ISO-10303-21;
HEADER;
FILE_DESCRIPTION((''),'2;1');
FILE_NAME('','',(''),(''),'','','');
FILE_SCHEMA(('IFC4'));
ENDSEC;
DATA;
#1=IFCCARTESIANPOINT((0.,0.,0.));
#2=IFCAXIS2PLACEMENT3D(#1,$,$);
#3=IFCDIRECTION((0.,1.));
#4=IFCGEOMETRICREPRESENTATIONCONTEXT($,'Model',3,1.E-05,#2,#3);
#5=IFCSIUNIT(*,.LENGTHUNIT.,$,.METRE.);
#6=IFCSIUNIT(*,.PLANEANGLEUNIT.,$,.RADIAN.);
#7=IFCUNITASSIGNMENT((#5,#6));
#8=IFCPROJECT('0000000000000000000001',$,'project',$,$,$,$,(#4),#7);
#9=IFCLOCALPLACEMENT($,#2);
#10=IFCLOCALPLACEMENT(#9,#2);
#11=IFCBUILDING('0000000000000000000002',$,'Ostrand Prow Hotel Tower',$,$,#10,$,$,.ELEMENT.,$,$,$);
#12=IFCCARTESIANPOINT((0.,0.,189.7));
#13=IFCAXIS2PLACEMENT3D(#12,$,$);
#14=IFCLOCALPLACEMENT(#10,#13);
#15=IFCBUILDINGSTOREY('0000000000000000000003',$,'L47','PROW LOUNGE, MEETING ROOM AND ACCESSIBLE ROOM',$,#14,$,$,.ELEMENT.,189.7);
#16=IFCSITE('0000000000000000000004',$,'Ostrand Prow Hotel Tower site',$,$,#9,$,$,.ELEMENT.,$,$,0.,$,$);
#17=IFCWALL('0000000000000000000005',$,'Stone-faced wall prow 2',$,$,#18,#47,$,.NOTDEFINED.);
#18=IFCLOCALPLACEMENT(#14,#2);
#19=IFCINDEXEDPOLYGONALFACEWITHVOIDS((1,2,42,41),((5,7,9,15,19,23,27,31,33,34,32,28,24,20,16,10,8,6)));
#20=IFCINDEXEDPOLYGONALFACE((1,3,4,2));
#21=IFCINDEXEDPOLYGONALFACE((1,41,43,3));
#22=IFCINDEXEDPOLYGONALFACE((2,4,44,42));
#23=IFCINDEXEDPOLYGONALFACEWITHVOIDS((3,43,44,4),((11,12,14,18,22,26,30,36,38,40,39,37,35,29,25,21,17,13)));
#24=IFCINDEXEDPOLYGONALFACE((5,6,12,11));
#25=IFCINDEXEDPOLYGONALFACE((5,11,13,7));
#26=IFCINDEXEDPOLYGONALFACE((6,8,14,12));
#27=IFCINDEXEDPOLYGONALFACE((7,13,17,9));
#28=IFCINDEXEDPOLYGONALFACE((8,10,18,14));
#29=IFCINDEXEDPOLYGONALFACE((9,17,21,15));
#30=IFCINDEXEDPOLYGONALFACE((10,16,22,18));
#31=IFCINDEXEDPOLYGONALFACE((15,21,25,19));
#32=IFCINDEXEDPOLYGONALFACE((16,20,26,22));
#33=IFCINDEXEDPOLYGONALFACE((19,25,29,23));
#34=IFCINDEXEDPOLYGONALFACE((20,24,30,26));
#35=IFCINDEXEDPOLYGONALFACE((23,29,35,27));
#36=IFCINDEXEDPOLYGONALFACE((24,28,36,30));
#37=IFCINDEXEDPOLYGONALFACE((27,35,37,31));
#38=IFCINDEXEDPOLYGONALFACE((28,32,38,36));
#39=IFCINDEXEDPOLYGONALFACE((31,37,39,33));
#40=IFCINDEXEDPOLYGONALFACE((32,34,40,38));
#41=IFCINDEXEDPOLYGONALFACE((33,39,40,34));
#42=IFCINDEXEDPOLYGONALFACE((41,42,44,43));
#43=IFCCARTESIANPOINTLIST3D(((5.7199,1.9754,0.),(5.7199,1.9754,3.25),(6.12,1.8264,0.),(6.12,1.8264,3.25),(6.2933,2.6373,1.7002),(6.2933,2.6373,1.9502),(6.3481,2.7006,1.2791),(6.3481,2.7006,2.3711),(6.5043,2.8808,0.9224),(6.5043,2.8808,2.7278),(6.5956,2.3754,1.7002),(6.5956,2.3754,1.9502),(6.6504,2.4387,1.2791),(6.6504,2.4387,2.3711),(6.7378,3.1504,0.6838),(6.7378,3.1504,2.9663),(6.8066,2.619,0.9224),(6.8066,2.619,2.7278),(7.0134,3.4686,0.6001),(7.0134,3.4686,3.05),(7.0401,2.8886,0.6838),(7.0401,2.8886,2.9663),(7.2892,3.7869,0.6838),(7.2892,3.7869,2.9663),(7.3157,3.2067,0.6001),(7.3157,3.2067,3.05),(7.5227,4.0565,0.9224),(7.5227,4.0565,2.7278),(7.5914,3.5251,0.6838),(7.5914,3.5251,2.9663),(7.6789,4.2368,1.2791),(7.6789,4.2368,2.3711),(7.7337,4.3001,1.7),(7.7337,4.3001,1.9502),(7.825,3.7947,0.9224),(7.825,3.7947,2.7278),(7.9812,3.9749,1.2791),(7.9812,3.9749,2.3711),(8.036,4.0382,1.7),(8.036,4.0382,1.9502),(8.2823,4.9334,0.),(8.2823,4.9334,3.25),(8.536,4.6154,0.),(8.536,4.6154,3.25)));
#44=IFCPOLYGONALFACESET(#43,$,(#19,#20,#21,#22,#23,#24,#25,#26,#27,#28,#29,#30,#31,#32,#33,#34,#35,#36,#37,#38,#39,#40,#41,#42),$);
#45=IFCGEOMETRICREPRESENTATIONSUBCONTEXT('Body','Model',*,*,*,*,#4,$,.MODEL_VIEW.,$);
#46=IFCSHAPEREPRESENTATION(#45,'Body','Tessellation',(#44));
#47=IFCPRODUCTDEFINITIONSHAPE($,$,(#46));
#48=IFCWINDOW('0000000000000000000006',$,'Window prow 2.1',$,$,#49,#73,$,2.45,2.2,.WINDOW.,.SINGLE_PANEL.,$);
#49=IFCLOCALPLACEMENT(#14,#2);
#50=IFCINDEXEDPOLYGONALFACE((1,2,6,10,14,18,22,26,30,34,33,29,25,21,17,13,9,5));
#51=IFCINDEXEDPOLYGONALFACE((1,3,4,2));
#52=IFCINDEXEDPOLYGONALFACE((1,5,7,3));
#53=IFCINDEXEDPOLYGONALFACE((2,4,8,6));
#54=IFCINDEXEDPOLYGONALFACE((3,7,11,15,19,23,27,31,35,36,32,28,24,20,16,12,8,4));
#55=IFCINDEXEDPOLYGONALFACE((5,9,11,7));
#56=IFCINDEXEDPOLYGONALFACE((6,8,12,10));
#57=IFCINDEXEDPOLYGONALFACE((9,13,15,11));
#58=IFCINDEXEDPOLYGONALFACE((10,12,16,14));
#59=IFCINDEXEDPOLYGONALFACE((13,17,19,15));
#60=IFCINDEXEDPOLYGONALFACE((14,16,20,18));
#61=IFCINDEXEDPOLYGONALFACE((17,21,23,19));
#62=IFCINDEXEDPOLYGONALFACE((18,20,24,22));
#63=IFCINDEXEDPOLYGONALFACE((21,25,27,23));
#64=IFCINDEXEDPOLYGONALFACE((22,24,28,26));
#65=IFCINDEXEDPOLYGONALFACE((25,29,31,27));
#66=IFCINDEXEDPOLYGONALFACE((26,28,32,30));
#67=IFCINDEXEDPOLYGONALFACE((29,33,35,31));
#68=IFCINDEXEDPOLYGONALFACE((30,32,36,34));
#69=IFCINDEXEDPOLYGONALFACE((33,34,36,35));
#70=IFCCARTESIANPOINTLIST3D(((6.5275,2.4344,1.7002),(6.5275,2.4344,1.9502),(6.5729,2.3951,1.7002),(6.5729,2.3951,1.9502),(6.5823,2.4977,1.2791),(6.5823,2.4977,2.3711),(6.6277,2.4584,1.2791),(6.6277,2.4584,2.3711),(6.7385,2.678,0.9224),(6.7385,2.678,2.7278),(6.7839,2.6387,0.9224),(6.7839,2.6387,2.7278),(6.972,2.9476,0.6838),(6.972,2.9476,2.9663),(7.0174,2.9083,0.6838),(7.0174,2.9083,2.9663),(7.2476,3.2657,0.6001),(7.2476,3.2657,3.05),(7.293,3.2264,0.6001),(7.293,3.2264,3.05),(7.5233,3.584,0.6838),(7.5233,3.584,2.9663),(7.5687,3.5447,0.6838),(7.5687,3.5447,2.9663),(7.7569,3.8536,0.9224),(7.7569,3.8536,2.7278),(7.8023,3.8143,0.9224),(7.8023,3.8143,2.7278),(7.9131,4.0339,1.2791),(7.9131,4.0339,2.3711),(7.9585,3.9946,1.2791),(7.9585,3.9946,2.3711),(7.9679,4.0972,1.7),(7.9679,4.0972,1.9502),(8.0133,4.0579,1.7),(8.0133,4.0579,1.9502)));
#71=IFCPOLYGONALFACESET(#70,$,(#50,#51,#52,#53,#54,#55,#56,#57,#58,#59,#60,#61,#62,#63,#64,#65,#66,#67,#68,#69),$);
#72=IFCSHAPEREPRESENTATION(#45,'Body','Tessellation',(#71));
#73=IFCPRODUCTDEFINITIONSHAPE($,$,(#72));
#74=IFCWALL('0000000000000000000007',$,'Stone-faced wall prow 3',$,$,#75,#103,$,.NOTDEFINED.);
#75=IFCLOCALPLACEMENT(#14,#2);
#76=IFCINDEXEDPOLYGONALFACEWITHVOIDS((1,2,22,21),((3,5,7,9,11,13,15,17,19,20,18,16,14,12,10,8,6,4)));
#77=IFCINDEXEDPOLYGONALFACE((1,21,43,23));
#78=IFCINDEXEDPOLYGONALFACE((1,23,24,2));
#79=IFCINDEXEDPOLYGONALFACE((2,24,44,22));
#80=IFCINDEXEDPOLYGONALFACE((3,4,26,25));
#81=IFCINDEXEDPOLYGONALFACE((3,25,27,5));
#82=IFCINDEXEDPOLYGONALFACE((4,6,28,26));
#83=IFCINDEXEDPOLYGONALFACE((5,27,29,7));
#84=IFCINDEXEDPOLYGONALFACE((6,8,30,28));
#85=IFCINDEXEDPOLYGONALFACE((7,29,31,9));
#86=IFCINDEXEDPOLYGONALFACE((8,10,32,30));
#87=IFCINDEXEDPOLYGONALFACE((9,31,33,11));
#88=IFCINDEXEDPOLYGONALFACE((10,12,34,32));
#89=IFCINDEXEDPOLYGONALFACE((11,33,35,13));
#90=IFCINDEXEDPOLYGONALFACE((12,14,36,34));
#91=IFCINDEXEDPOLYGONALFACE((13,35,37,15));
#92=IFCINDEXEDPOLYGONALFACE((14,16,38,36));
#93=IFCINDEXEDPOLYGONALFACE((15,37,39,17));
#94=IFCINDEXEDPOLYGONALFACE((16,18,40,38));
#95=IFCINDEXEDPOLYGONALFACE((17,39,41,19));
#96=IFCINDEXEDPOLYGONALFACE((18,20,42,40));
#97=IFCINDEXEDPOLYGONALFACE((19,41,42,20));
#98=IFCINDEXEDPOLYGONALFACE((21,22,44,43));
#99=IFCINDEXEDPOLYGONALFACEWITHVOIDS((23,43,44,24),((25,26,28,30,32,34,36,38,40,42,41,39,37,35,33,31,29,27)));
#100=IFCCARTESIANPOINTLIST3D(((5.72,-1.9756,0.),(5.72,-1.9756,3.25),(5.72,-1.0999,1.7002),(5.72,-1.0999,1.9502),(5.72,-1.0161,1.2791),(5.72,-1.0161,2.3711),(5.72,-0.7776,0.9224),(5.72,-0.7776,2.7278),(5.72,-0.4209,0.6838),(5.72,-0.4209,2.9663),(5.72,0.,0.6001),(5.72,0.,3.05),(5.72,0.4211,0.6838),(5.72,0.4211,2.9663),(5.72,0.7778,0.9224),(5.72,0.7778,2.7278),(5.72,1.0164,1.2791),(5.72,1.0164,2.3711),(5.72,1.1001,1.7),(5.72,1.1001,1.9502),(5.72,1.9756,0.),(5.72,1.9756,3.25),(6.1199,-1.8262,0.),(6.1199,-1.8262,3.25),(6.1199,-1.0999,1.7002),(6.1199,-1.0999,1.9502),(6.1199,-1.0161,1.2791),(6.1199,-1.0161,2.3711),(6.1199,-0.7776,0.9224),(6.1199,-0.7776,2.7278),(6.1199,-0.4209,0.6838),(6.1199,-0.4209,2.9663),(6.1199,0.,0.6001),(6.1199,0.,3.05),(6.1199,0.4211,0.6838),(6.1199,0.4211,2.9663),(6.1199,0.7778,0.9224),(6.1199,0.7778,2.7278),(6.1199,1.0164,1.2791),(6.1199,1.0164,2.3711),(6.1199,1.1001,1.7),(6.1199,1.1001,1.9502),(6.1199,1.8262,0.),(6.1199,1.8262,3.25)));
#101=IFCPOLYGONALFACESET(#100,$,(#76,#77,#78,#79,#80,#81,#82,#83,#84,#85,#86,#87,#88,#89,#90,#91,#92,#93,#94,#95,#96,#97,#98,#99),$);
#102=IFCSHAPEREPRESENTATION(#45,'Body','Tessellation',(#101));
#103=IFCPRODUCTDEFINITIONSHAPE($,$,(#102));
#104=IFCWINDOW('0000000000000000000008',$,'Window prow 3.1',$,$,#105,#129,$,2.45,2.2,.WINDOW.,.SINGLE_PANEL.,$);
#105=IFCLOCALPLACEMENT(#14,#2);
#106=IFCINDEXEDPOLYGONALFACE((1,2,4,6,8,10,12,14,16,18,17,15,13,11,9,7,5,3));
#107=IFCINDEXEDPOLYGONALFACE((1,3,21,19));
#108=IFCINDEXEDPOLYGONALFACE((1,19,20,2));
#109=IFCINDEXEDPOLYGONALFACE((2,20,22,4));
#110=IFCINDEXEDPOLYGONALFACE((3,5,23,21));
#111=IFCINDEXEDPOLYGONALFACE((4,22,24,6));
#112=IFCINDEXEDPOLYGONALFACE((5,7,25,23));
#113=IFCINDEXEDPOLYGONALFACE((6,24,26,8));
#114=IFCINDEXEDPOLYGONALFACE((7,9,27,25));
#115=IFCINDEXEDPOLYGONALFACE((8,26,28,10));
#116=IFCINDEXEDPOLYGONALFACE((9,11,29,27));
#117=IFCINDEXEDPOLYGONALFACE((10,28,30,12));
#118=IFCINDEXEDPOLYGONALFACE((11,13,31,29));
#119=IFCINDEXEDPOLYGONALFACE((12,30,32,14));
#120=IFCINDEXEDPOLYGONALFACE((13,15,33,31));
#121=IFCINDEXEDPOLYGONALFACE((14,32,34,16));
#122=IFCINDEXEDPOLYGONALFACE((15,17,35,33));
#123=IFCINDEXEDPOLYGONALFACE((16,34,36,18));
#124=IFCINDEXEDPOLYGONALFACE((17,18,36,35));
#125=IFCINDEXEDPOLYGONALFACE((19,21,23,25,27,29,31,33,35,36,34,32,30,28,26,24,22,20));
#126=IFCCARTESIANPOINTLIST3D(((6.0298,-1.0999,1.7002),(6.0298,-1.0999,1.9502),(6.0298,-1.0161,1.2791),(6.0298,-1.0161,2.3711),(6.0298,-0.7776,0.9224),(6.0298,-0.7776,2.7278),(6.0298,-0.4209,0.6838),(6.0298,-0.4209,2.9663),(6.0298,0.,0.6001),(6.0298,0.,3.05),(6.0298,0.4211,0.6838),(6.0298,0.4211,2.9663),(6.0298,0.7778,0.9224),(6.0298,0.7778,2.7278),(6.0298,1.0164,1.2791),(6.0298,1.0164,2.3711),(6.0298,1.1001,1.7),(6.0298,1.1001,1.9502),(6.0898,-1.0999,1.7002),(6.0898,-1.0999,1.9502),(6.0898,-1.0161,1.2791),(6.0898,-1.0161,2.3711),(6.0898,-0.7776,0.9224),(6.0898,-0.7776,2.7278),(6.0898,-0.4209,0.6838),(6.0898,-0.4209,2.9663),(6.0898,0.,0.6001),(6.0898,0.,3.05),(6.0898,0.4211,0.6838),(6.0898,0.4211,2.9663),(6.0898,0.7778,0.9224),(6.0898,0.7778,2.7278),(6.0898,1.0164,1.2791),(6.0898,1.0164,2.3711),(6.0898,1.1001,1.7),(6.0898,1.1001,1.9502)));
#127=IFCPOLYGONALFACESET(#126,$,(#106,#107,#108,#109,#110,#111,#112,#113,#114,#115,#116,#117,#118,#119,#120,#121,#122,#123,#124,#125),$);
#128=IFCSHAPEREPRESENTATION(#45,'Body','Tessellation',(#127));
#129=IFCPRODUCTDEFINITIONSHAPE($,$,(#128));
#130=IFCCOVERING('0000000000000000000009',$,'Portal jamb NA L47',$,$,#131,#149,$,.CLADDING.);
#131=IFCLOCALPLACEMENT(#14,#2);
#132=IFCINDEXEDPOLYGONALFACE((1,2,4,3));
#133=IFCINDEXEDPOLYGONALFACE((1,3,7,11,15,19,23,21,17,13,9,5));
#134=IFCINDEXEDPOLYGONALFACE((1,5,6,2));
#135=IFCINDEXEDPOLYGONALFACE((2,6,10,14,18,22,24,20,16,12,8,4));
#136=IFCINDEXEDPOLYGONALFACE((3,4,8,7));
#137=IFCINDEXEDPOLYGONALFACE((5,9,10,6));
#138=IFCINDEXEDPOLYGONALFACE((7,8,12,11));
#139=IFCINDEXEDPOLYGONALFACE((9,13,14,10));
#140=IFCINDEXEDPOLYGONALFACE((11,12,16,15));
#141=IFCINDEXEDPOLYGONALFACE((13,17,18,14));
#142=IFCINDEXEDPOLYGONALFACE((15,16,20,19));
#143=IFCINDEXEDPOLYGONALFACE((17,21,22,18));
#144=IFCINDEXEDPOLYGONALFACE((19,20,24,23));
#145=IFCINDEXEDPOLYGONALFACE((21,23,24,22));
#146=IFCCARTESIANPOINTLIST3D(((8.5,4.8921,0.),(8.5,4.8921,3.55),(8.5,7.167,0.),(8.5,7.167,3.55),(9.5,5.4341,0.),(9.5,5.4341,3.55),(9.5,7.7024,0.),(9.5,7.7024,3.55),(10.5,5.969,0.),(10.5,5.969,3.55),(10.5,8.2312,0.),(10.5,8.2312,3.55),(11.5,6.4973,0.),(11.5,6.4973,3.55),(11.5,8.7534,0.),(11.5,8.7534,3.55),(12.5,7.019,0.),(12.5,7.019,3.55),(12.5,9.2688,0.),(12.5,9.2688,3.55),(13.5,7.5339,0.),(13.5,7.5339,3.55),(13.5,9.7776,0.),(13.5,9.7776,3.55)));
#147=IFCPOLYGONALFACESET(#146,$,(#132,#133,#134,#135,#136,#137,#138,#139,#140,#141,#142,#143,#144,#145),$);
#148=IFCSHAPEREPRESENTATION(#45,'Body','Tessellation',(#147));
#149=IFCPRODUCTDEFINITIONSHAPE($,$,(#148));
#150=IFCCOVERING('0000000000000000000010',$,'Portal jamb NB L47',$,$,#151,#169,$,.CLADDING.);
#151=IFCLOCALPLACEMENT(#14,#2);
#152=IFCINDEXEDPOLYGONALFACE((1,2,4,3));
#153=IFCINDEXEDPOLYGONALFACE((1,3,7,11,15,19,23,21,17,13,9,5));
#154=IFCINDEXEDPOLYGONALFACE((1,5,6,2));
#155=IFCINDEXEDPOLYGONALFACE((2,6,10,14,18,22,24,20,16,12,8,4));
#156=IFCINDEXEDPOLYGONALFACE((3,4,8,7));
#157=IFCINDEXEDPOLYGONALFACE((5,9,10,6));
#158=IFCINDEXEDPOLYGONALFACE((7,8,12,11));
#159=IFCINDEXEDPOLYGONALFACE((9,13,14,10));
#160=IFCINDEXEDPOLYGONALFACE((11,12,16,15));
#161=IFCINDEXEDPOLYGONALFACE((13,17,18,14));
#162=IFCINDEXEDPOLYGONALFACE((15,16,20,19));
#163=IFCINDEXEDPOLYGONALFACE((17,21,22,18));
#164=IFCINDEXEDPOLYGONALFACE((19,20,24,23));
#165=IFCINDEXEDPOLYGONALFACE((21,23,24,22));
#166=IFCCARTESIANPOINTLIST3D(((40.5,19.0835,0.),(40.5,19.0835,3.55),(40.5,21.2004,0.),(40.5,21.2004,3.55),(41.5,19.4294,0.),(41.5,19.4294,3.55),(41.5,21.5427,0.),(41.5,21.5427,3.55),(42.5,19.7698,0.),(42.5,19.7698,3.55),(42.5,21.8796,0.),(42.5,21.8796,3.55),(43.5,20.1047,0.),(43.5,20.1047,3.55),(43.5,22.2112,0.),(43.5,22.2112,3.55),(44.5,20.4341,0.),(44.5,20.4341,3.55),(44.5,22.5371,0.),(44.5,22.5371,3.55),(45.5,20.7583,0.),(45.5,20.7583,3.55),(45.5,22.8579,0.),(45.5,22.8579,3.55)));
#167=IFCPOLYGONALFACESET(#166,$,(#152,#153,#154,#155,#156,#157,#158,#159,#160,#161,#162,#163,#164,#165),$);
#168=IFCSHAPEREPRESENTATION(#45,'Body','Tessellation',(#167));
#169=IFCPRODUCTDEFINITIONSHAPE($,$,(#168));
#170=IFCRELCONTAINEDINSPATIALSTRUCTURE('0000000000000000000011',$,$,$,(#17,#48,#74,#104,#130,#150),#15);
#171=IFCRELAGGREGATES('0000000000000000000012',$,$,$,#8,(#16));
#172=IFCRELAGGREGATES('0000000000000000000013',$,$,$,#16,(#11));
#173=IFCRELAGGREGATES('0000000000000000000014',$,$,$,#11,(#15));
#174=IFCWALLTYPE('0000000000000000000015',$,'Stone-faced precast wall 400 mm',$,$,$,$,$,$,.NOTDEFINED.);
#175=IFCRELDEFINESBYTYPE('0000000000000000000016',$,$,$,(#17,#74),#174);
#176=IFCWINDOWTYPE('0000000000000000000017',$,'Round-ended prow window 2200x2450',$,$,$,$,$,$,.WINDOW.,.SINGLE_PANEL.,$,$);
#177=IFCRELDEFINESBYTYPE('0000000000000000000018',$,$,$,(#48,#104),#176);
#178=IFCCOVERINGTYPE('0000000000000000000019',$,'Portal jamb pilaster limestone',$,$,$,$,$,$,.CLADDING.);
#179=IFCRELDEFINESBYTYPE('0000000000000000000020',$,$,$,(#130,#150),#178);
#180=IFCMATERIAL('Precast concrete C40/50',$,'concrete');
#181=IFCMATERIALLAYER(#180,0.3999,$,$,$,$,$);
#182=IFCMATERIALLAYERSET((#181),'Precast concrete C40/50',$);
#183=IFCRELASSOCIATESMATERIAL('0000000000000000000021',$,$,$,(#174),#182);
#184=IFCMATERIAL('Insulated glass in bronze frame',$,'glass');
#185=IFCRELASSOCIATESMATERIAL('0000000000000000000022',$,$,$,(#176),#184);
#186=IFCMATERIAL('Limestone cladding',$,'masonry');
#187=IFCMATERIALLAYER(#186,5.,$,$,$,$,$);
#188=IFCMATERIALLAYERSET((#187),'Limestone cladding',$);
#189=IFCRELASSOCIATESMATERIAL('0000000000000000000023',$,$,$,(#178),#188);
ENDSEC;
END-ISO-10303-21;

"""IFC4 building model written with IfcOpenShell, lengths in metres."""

from ifc_helpers import new_model, si_unit, direction, frame, origin, place, context, subcontext, project, spatial, polyline, outline, extrude, material, layer, layer_set, type_object, element, fill, save


model = new_model("IFC4")

# Units and contexts
model_context = context("Model", 3, precision=1e-05, world=origin(), true_north=direction((0.0, 1.0)))
body_context = subcontext(model_context, "Body", "Model", "MODEL_VIEW")
ifc_project = project(units=[si_unit("LENGTHUNIT", "METRE"), si_unit("PLANEANGLEUNIT", "RADIAN")], contexts=[model_context])

# Site, building, storey
site_placement = place(None, origin())
site = spatial("IfcSite", under=ifc_project, at=site_placement, Name="Ostrand Prow Hotel Tower site", CompositionType="ELEMENT", RefElevation=0.0)
building_placement = place(site_placement, origin())
building = spatial("IfcBuilding", under=site, at=building_placement, Name="Ostrand Prow Hotel Tower", CompositionType="ELEMENT")
storey_placement = place(building_placement, frame((0.0, 0.0, 189.7)))
storey = spatial("IfcBuildingStorey", under=building, at=storey_placement, Name="L47", Description="PROW LOUNGE, MEETING ROOM AND ACCESSIBLE ROOM", CompositionType="ELEMENT", Elevation=189.7)

# Walls, openings, windows
ifc_material_1 = material(Name="Precast concrete C40/50", Category="concrete")
ifc_layer_1 = layer(ifc_material_1, 0.3999)
ifc_layer_set_1 = layer_set([ifc_layer_1], Name="Precast concrete C40/50")
wall_type = type_object("IfcWallType", Name="Stone-faced precast wall 400 mm", PredefinedType="NOTDEFINED", material=ifc_layer_set_1)
ifc_material_2 = material(Name="Insulated glass in bronze frame", Category="glass")
window_type = type_object("IfcWindowType", Name="Round-ended prow window 2200x2450", PartitioningType="SINGLE_PANEL", PredefinedType="WINDOW", material=ifc_material_2)
wall_1_placement = place(storey_placement, frame((8.4092, 4.7744, 0.0), z_axis=(0.0, 0.0, 1.0), x_axis=(-0.654759, -0.755837, 0.0)))
wall_1 = element("IfcWall", 1, at=wall_1_placement, inside=storey, type_object=wall_type, Name="Stone-faced wall prow 2", PredefinedType="NOTDEFINED", context=body_context, shape_type="SweptSolid", body=[
    extrude(outline(polyline([(-0.0371, -0.2), (3.8765, -0.2), (3.7271, 0.2), (0.0371, 0.2), (-0.0371, -0.2)])), origin(), (0.0, 0.0, 1.0), 3.25),
])
opening_1_placement = place(wall_1_placement, frame((0.8008, 0.0, 0.6001)))
opening_1 = element("IfcOpeningElement", 2, at=opening_1_placement, cuts=wall_1, PredefinedType="OPENING", context=body_context, shape_type="SweptSolid", body=[
    extrude(outline(polyline([(0.0, 1.3501), (0.0837, 1.771), (0.3223, 2.1277), (0.679, 2.3662), (1.1001, 2.45), (1.521, 2.3662), (1.8777, 2.1277), (2.1162, 1.771), (2.2, 1.3501), (2.2, 1.1001), (2.1162, 0.679), (1.8777, 0.3223), (1.521, 0.0837), (1.1001, 0.0), (0.679, 0.0837), (0.3223, 0.3223), (0.0837, 0.679), (0.0, 1.0999), (0.0, 1.3501)])), frame((0.0, 0.21, 0.0), z_axis=(0.0, -1.0, 0.0), x_axis=(1.0, 0.0, 0.0)), (0.0, 0.0, 1.0), 0.4199),
])
window_1_placement = place(opening_1_placement, origin())
window_1 = element("IfcWindow", 3, at=window_1_placement, inside=storey, type_object=window_type, Name="Window prow 2.1", OverallHeight=2.45, OverallWidth=2.2, PartitioningType="SINGLE_PANEL", PredefinedType="WINDOW", context=body_context, shape_type="SweptSolid", body=[
    extrude(outline(polyline([(0.0, 1.3501), (0.0837, 1.771), (0.3223, 2.1277), (0.679, 2.3662), (1.1001, 2.45), (1.521, 2.3662), (1.8777, 2.1277), (2.1162, 1.771), (2.2, 1.3501), (2.2, 1.1001), (2.1162, 0.679), (1.8777, 0.3223), (1.521, 0.0837), (1.1001, 0.0), (0.679, 0.0837), (0.3223, 0.3223), (0.0837, 0.679), (0.0, 1.0999), (0.0, 1.3501)])), frame((0.0, 0.1699, 0.0), z_axis=(0.0, -1.0, 0.0), x_axis=(1.0, 0.0, 0.0)), (0.0, 0.0, 1.0), 0.0601),
])
fill(opening_1, window_1)
wall_2_placement = place(storey_placement, frame((5.9199, 1.9009, 0.0), z_axis=(0.0, 0.0, 1.0), x_axis=(0.0, -1.0, 0.0)))
wall_2 = element("IfcWall", 4, at=wall_2_placement, inside=storey, type_object=wall_type, Name="Stone-faced wall prow 3", PredefinedType="NOTDEFINED", context=body_context, shape_type="SweptSolid", body=[
    extrude(outline(polyline([(-0.0747, -0.2), (3.8765, -0.2), (3.7271, 0.2), (0.0747, 0.2), (-0.0747, -0.2)])), origin(), (0.0, 0.0, 1.0), 3.25),
])
opening_2_placement = place(wall_2_placement, frame((0.8008, 0.0, 0.6001)))
opening_2 = element("IfcOpeningElement", 5, at=opening_2_placement, cuts=wall_2, PredefinedType="OPENING", context=body_context, shape_type="SweptSolid", body=[
    extrude(outline(polyline([(0.0, 1.3501), (0.0837, 1.771), (0.3223, 2.1277), (0.679, 2.3662), (1.1001, 2.45), (1.521, 2.3662), (1.8777, 2.1277), (2.1162, 1.771), (2.2, 1.3501), (2.2, 1.1001), (2.1162, 0.679), (1.8777, 0.3223), (1.521, 0.0837), (1.1001, 0.0), (0.679, 0.0837), (0.3223, 0.3223), (0.0837, 0.679), (0.0, 1.0999), (0.0, 1.3501)])), frame((0.0, 0.21, 0.0), z_axis=(0.0, -1.0, 0.0), x_axis=(1.0, 0.0, 0.0)), (0.0, 0.0, 1.0), 0.4199),
])
window_2_placement = place(opening_2_placement, origin())
window_2 = element("IfcWindow", 6, at=window_2_placement, inside=storey, type_object=window_type, Name="Window prow 3.1", OverallHeight=2.45, OverallWidth=2.2, PartitioningType="SINGLE_PANEL", PredefinedType="WINDOW", context=body_context, shape_type="SweptSolid", body=[
    extrude(outline(polyline([(0.0, 1.3501), (0.0837, 1.771), (0.3223, 2.1277), (0.679, 2.3662), (1.1001, 2.45), (1.521, 2.3662), (1.8777, 2.1277), (2.1162, 1.771), (2.2, 1.3501), (2.2, 1.1001), (2.1162, 0.679), (1.8777, 0.3223), (1.521, 0.0837), (1.1001, 0.0), (0.679, 0.0837), (0.3223, 0.3223), (0.0837, 0.679), (0.0, 1.0999), (0.0, 1.3501)])), frame((0.0, 0.1699, 0.0), z_axis=(0.0, -1.0, 0.0), x_axis=(1.0, 0.0, 0.0)), (0.0, 0.0, 1.0), 0.0601),
])
fill(opening_2, window_2)

# Coverings
ifc_material_3 = material(Name="Limestone cladding", Category="masonry")
ifc_layer_2 = layer(ifc_material_3, 5.0)
ifc_layer_set_2 = layer_set([ifc_layer_2], Name="Limestone cladding")
covering_type_1 = type_object("IfcCoveringType", Name="Portal jamb pilaster limestone", PredefinedType="CLADDING", material=ifc_layer_set_2)
covering_1_placement = place(storey_placement, origin())
element("IfcCovering", 7, at=covering_1_placement, inside=storey, type_object=covering_type_1, Name="Portal jamb NA L47", PredefinedType="CLADDING", context=body_context, shape_type="SweptSolid", body=[
    extrude(outline(polyline([(8.5, 4.8921), (9.5, 5.4341), (10.5, 5.969), (11.5, 6.4973), (12.5, 7.019), (13.5, 7.5339), (13.5, 9.7776), (12.5, 9.2688), (11.5, 8.7534), (10.5, 8.2312), (9.5, 7.7024), (8.5, 7.167), (8.5, 4.8921)])), origin(), (0.0, 0.0, 1.0), 3.55),
])
covering_2_placement = place(storey_placement, origin())
element("IfcCovering", 8, at=covering_2_placement, inside=storey, type_object=covering_type_1, Name="Portal jamb NB L47", PredefinedType="CLADDING", context=body_context, shape_type="SweptSolid", body=[
    extrude(outline(polyline([(40.5, 19.0835), (41.5, 19.4294), (42.5, 19.7698), (43.5, 20.1047), (44.5, 20.4341), (45.5, 20.7583), (45.5, 22.8579), (44.5, 22.5371), (43.5, 22.2112), (42.5, 21.8796), (41.5, 21.5427), (40.5, 21.2004), (40.5, 19.0835)])), origin(), (0.0, 0.0, 1.0), 3.55),
])

save(model, "model.ifc")
